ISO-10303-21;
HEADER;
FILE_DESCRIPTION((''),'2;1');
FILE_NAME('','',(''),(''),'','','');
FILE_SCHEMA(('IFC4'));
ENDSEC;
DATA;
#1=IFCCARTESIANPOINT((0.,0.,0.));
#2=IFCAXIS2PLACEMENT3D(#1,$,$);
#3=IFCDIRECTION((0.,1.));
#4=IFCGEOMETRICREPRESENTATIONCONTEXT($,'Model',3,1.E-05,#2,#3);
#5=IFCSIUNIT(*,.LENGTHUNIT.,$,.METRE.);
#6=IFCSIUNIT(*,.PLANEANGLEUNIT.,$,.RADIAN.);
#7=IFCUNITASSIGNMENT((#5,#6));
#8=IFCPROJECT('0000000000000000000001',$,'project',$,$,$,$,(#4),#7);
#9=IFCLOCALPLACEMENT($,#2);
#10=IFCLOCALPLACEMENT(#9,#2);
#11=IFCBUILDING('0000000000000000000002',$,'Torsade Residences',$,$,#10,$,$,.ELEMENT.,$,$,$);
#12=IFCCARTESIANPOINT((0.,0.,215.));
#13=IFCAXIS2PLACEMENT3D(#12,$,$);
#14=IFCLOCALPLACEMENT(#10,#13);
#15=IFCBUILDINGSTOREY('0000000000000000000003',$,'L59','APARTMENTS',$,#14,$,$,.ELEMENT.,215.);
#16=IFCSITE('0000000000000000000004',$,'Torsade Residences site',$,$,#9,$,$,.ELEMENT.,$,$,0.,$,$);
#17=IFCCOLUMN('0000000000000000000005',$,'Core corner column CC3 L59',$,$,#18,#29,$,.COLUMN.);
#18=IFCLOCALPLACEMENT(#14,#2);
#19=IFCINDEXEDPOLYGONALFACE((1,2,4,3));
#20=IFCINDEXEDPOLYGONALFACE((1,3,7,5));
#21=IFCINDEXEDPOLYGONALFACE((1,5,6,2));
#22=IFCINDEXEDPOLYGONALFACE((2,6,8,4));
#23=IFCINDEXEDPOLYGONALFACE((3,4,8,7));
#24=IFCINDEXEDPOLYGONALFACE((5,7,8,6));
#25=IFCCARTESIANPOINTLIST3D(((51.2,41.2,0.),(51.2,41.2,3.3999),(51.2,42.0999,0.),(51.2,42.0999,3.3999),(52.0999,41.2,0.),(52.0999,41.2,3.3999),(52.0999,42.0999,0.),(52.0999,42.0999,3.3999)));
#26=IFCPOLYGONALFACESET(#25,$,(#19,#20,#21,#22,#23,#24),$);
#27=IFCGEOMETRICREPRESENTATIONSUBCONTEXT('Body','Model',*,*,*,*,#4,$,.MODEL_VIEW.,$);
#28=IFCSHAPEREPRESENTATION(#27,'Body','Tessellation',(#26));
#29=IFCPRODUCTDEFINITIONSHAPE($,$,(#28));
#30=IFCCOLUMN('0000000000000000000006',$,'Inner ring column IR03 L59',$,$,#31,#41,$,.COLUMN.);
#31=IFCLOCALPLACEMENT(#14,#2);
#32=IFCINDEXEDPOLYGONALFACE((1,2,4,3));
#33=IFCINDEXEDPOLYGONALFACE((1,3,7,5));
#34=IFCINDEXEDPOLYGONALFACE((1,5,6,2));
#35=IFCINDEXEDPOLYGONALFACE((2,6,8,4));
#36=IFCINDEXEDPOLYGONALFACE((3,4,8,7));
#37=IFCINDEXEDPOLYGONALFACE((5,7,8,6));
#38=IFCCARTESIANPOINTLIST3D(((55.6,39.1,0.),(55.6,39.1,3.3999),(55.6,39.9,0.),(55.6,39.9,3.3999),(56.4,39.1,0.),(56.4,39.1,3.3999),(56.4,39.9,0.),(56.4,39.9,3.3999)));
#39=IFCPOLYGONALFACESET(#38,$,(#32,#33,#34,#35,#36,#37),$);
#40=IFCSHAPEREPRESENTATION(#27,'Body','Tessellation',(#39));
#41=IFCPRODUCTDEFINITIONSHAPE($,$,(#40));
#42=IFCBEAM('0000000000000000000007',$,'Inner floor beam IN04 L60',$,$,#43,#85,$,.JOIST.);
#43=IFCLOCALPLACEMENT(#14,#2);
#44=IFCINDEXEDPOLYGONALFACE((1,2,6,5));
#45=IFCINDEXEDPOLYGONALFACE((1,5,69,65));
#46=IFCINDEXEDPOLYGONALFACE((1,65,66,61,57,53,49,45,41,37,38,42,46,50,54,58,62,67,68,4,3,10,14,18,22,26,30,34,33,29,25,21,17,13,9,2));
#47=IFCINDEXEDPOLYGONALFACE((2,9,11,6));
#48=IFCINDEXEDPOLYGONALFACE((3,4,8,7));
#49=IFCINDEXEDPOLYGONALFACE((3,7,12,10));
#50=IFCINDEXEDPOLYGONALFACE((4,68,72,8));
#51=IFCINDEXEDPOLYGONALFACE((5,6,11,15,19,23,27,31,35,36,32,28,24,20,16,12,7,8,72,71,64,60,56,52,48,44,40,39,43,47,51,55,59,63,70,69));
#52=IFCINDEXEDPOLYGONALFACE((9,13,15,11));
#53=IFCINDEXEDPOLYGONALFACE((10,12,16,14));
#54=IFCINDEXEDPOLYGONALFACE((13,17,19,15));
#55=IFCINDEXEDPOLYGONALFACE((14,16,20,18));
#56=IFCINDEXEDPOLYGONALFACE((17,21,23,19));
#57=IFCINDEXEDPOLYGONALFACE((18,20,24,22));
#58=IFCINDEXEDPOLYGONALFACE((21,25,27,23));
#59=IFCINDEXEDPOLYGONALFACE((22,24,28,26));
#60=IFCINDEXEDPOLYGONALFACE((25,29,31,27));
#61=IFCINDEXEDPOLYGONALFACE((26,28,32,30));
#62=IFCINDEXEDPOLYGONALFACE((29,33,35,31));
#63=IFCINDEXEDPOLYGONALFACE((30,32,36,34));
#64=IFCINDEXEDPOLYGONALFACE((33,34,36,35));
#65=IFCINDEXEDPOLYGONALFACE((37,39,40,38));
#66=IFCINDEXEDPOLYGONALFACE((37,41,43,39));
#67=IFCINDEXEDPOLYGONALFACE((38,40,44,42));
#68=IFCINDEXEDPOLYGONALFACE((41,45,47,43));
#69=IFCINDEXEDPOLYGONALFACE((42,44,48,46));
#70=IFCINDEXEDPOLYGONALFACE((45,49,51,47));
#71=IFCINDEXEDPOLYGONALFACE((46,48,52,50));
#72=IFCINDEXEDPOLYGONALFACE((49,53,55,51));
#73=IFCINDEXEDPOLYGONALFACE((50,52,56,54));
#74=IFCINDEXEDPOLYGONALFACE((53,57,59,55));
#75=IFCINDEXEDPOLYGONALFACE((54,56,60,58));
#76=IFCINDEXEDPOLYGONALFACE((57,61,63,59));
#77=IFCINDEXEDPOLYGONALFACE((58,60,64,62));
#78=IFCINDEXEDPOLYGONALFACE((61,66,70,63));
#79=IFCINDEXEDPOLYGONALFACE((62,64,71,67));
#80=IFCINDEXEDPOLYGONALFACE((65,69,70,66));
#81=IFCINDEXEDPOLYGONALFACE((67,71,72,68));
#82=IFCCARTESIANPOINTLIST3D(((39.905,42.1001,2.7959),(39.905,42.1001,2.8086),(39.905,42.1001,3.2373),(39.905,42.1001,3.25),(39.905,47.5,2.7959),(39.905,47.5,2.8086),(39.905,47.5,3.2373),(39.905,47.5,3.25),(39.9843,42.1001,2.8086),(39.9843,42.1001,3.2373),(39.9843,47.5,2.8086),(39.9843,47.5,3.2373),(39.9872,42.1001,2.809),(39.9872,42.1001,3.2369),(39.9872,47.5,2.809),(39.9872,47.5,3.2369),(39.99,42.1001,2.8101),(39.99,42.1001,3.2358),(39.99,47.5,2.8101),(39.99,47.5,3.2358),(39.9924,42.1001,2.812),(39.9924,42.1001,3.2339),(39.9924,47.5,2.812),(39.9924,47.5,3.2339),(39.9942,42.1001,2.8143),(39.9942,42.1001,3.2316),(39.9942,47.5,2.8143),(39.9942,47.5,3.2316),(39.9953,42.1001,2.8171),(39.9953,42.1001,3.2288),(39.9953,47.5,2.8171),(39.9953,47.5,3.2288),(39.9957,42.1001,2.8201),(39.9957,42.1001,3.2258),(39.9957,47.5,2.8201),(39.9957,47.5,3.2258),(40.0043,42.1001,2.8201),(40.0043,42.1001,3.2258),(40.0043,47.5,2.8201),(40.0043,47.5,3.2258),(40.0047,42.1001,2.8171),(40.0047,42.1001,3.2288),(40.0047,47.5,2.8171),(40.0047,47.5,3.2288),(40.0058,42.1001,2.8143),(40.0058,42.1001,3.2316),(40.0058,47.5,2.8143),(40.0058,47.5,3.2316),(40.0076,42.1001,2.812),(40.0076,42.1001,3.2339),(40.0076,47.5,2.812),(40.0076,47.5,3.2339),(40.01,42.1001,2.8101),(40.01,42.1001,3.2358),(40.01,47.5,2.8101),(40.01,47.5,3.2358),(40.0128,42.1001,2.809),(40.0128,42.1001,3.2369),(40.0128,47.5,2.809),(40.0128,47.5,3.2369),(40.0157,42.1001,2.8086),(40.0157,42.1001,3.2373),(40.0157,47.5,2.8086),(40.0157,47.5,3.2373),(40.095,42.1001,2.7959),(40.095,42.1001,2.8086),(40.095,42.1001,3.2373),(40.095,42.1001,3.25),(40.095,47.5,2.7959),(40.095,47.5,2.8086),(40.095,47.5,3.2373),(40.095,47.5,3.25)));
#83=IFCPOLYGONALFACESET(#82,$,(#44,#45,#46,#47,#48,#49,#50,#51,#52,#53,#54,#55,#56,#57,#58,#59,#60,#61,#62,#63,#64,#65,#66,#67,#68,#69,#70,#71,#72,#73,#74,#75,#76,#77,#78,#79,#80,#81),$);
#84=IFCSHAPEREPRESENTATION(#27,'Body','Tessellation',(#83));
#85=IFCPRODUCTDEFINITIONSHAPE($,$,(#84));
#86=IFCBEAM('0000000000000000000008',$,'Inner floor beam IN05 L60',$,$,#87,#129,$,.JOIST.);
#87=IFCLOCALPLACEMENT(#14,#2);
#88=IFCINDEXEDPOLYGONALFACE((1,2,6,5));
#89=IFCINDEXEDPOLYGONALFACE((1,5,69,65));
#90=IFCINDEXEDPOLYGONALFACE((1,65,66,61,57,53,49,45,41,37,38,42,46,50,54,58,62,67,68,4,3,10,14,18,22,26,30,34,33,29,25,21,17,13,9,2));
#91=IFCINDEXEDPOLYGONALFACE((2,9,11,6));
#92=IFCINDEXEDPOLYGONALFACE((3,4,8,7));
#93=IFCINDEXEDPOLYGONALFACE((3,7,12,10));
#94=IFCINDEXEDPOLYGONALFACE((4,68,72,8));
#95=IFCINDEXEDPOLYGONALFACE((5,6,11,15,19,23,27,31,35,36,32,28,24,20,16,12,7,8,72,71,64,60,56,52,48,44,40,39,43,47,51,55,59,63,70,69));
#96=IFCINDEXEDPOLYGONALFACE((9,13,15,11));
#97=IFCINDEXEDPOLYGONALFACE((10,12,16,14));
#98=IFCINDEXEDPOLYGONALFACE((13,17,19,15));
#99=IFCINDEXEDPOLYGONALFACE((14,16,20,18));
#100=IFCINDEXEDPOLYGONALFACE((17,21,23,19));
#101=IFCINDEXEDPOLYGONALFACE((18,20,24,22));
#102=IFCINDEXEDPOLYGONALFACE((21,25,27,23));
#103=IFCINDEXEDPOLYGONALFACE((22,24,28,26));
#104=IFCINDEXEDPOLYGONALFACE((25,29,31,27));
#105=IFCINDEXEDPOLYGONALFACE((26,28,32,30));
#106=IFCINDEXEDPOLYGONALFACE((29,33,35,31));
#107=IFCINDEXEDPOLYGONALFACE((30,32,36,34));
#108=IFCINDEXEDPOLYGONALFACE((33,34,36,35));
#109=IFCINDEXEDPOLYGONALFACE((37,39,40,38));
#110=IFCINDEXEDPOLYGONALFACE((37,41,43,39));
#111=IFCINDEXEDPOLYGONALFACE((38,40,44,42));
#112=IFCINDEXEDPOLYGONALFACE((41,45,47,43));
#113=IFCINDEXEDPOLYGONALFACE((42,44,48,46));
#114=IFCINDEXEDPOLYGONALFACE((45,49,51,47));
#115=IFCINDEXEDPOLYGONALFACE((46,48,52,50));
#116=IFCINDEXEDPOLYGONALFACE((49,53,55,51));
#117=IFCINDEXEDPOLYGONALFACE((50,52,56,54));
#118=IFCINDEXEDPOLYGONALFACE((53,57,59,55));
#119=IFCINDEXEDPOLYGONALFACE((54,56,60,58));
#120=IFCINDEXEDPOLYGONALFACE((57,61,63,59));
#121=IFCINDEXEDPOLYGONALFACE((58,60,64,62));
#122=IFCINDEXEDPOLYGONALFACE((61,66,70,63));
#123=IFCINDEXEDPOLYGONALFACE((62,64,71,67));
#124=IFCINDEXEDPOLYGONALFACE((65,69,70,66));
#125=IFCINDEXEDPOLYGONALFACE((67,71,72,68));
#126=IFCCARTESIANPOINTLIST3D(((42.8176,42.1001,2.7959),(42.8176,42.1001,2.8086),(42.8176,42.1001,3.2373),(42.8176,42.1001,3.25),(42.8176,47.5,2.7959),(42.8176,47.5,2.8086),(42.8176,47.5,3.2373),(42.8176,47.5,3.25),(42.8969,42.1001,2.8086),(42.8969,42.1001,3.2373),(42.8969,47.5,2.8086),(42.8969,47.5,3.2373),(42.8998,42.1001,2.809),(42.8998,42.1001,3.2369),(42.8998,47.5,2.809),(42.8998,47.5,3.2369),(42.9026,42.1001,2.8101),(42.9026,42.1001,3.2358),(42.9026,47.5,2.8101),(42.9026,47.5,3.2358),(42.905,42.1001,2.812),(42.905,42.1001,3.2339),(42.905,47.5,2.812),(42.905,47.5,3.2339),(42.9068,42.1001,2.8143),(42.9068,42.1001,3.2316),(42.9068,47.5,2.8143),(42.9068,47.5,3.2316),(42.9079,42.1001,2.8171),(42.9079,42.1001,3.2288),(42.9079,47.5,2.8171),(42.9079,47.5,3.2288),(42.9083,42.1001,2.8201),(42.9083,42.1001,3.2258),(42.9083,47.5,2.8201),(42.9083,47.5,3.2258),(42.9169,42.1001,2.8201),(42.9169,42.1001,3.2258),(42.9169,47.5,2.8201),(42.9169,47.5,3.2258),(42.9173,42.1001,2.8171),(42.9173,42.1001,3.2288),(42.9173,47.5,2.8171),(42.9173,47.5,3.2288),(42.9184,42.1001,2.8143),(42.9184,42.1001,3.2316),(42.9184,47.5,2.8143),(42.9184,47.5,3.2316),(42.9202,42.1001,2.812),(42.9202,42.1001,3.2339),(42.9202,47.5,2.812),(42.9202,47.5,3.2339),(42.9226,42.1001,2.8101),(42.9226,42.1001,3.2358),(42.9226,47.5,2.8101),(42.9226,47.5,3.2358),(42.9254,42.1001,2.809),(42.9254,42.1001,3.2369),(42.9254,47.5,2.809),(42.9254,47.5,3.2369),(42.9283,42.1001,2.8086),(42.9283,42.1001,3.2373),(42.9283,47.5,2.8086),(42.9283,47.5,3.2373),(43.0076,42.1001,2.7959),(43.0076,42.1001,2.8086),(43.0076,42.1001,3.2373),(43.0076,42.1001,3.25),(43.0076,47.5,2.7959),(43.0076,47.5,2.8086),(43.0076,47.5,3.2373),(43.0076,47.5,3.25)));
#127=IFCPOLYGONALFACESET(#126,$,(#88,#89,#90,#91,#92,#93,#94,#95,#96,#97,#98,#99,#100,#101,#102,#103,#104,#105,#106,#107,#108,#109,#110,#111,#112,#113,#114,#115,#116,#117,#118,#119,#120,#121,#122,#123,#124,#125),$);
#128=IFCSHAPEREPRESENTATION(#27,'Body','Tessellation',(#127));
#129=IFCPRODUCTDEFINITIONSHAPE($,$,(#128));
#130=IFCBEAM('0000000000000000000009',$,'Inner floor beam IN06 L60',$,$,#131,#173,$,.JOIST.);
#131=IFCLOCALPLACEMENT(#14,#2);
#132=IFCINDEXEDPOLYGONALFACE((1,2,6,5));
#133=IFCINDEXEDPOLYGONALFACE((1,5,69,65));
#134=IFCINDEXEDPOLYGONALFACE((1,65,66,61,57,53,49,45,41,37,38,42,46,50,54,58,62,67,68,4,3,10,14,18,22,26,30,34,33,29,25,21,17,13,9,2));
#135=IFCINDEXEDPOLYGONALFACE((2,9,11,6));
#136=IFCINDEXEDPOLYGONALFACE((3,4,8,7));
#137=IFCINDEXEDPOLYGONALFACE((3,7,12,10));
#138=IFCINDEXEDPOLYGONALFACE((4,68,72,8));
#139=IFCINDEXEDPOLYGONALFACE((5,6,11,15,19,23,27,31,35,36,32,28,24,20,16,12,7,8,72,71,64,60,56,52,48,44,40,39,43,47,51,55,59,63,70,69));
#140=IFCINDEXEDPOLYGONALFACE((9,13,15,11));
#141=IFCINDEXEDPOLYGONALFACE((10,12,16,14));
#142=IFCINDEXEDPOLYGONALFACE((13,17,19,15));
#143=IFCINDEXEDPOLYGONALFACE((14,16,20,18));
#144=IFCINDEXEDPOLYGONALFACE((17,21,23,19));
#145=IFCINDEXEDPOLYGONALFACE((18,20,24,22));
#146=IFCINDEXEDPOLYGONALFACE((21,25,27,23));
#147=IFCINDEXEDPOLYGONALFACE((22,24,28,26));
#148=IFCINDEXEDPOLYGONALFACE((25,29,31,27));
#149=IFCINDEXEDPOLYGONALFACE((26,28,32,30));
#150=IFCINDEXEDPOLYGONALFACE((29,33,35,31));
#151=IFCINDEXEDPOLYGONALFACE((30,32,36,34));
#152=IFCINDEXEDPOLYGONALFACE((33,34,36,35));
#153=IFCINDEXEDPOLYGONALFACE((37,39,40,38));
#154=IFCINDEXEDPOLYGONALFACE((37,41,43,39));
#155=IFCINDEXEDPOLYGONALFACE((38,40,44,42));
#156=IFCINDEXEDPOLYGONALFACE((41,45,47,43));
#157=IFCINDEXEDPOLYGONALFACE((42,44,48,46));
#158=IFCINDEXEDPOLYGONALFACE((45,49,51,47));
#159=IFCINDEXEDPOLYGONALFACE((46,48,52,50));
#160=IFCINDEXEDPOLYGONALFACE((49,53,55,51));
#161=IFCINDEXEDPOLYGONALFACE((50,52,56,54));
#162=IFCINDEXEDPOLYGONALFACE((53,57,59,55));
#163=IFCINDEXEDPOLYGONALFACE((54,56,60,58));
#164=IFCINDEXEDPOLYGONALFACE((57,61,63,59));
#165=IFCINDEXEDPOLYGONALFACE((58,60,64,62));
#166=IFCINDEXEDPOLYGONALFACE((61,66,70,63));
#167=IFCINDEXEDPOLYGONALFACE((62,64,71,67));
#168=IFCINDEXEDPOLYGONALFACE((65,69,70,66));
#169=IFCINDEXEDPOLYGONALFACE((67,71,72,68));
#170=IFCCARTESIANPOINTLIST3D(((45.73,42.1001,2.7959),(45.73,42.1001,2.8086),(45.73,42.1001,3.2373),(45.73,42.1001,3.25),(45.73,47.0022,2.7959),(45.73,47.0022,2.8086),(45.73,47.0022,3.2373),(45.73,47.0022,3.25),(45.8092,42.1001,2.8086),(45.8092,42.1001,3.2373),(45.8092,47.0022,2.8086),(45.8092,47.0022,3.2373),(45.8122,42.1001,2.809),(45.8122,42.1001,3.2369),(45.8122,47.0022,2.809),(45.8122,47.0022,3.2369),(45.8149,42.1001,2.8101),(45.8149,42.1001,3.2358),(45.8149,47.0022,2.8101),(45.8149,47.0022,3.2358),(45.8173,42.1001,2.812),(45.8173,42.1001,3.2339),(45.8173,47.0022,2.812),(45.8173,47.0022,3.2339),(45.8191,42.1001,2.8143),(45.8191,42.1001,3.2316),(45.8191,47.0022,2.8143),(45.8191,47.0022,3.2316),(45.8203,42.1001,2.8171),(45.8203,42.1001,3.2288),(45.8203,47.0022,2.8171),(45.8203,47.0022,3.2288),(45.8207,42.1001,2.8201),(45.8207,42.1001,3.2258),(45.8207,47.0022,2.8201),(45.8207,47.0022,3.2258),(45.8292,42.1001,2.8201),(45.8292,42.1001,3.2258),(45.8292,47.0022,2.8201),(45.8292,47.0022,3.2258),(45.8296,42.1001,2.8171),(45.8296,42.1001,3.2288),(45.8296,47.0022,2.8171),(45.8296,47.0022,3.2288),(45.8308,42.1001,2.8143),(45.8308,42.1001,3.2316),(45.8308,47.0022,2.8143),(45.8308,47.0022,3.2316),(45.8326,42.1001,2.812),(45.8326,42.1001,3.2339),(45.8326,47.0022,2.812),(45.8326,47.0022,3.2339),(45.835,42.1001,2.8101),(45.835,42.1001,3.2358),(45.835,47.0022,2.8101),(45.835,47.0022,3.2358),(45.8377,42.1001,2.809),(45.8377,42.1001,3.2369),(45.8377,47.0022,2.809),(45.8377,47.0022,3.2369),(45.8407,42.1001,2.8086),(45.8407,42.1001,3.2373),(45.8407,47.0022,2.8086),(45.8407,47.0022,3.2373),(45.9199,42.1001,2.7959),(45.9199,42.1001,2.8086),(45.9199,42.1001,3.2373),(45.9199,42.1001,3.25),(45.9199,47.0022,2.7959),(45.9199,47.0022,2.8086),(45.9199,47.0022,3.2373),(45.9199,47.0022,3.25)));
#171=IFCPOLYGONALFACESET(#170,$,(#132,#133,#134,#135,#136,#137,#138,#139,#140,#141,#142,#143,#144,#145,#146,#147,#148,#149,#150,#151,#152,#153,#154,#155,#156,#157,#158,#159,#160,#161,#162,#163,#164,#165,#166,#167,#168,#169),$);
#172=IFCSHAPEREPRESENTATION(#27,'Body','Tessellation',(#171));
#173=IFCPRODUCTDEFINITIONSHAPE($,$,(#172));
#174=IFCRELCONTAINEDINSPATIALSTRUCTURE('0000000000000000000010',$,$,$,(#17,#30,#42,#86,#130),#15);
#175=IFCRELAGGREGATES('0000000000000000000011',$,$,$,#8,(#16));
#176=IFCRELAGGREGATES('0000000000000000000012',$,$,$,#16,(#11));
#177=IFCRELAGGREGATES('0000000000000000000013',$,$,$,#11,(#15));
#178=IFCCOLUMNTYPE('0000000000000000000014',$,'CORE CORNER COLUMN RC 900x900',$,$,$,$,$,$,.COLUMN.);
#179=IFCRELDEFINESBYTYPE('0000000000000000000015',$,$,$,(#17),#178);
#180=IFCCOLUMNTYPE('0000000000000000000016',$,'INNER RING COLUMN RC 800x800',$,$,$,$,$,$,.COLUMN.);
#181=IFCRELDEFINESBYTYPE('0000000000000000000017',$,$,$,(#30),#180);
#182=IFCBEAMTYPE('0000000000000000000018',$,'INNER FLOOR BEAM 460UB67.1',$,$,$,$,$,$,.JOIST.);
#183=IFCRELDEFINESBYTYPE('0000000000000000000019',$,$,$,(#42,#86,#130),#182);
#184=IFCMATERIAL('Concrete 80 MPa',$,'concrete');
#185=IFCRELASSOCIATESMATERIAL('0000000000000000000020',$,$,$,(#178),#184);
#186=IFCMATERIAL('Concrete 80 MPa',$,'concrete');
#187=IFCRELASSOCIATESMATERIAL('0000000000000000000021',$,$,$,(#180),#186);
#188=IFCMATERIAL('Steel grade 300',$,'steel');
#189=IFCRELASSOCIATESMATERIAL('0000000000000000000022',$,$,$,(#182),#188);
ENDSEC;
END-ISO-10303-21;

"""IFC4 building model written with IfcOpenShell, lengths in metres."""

from ifc_helpers import new_model, si_unit, direction, frame, origin, origin_2d, place, context, subcontext, project, spatial, rectangle, i_section, extrude, material, material_profile, profile_set, type_object, element, save


model = new_model("IFC4")

# Units and contexts
model_context = context("Model", 3, precision=1e-05, world=origin(), true_north=direction((0.0, 1.0)))
body_context = subcontext(model_context, "Body", "Model", "MODEL_VIEW")
ifc_project = project(units=[si_unit("LENGTHUNIT", "METRE"), si_unit("PLANEANGLEUNIT", "RADIAN")], contexts=[model_context])

# Site, building, storey
site_placement = place(None, origin())
site = spatial("IfcSite", under=ifc_project, at=site_placement, Name="Torsade Residences site", CompositionType="ELEMENT", RefElevation=0.0)
building_placement = place(site_placement, origin())
building = spatial("IfcBuilding", under=site, at=building_placement, Name="Torsade Residences", CompositionType="ELEMENT")
storey_placement = place(building_placement, frame((0.0, 0.0, 215.0)))
storey = spatial("IfcBuildingStorey", under=building, at=storey_placement, Name="L59", Description="APARTMENTS", CompositionType="ELEMENT", Elevation=215.0)

# Columns
ifc_material_1 = material(Name="Concrete 80 MPa", Category="concrete")
ifc_material_profile_1 = material_profile(ifc_material_1, rectangle(XDim=0.8999, YDim=0.8999, at=origin_2d()), Name="RC 900x900")
ifc_profile_set_1 = profile_set([ifc_material_profile_1], Name="Concrete 80 MPa")
column_type_1 = type_object("IfcColumnType", Name="CORE CORNER COLUMN RC 900x900", PredefinedType="COLUMN", material=ifc_profile_set_1)
column_1_placement = place(storey_placement, frame((51.6499, 41.6499, 0.0), z_axis=(0.0, 0.0, 1.0), x_axis=(1.0, 0.0, 0.0)))
element("IfcColumn", 1, at=column_1_placement, inside=storey, type_object=column_type_1, Name="Core corner column CC3 L59", PredefinedType="COLUMN", context=body_context, shape_type="SweptSolid", body=[
    extrude(rectangle(XDim=0.8999, YDim=0.8999, at=origin_2d()), origin(), (0.0, 0.0, 1.0), 3.3999),
])
ifc_material_2 = material(Name="Concrete 80 MPa", Category="concrete")
ifc_material_profile_2 = material_profile(ifc_material_2, rectangle(XDim=0.8, YDim=0.8, at=origin_2d()), Name="RC 800x800")
ifc_profile_set_2 = profile_set([ifc_material_profile_2], Name="Concrete 80 MPa")
column_type_2 = type_object("IfcColumnType", Name="INNER RING COLUMN RC 800x800", PredefinedType="COLUMN", material=ifc_profile_set_2)
column_2_placement = place(storey_placement, frame((56.0, 39.5, 0.0), z_axis=(0.0, 0.0, 1.0), x_axis=(1.0, 0.0, 0.0)))
element("IfcColumn", 2, at=column_2_placement, inside=storey, type_object=column_type_2, Name="Inner ring column IR03 L59", PredefinedType="COLUMN", context=body_context, shape_type="SweptSolid", body=[
    extrude(rectangle(XDim=0.8, YDim=0.8, at=origin_2d()), origin(), (0.0, 0.0, 1.0), 3.3999),
])

# Beams
ifc_material_3 = material(Name="Steel grade 300", Category="steel")
ifc_material_profile_3 = material_profile(ifc_material_3, i_section(OverallWidth=0.1899, OverallDepth=0.4541, WebThickness=0.0085, FlangeThickness=0.0127, FilletRadius=0.0115, at=origin_2d()), Name="460UB67.1")
ifc_profile_set_3 = profile_set([ifc_material_profile_3], Name="Steel grade 300")
beam_type_1 = type_object("IfcBeamType", Name="INNER FLOOR BEAM 460UB67.1", PredefinedType="JOIST", material=ifc_profile_set_3)
for number, where, z_axis, x_axis, name in (
    (3, (40.0, 42.1001, 3.0229), (0.0, 1.0, 0.0), (-1.0, 0.0, 0.0), "Inner floor beam IN04 L60"),
    (4, (42.9126, 42.1001, 3.0229), (0.0, 1.0, 0.0), (-1.0, 0.0, 0.0), "Inner floor beam IN05 L60"),
):
    element("IfcBeam", number, at=place(storey_placement, frame(where, z_axis=z_axis, x_axis=x_axis)), inside=storey, type_object=beam_type_1, Name=name, PredefinedType="JOIST", context=body_context, shape_type="SweptSolid", body=[
        extrude(i_section(OverallWidth=0.1899, OverallDepth=0.4541, WebThickness=0.0085, FlangeThickness=0.0127, FilletRadius=0.0115, at=origin_2d()), origin(), (0.0, 0.0, 1.0), 5.3999),
    ])
beam_1_placement = place(storey_placement, frame((45.825, 42.1001, 3.0229), z_axis=(0.0, 1.0, 0.0), x_axis=(-1.0, 0.0, 0.0)))
element("IfcBeam", 5, at=beam_1_placement, inside=storey, type_object=beam_type_1, Name="Inner floor beam IN06 L60", PredefinedType="JOIST", context=body_context, shape_type="SweptSolid", body=[
    extrude(i_section(OverallWidth=0.1899, OverallDepth=0.4541, WebThickness=0.0085, FlangeThickness=0.0127, FilletRadius=0.0115, at=origin_2d()), origin(), (0.0, 0.0, 1.0), 4.9021),
])

save(model, "model.ifc")
